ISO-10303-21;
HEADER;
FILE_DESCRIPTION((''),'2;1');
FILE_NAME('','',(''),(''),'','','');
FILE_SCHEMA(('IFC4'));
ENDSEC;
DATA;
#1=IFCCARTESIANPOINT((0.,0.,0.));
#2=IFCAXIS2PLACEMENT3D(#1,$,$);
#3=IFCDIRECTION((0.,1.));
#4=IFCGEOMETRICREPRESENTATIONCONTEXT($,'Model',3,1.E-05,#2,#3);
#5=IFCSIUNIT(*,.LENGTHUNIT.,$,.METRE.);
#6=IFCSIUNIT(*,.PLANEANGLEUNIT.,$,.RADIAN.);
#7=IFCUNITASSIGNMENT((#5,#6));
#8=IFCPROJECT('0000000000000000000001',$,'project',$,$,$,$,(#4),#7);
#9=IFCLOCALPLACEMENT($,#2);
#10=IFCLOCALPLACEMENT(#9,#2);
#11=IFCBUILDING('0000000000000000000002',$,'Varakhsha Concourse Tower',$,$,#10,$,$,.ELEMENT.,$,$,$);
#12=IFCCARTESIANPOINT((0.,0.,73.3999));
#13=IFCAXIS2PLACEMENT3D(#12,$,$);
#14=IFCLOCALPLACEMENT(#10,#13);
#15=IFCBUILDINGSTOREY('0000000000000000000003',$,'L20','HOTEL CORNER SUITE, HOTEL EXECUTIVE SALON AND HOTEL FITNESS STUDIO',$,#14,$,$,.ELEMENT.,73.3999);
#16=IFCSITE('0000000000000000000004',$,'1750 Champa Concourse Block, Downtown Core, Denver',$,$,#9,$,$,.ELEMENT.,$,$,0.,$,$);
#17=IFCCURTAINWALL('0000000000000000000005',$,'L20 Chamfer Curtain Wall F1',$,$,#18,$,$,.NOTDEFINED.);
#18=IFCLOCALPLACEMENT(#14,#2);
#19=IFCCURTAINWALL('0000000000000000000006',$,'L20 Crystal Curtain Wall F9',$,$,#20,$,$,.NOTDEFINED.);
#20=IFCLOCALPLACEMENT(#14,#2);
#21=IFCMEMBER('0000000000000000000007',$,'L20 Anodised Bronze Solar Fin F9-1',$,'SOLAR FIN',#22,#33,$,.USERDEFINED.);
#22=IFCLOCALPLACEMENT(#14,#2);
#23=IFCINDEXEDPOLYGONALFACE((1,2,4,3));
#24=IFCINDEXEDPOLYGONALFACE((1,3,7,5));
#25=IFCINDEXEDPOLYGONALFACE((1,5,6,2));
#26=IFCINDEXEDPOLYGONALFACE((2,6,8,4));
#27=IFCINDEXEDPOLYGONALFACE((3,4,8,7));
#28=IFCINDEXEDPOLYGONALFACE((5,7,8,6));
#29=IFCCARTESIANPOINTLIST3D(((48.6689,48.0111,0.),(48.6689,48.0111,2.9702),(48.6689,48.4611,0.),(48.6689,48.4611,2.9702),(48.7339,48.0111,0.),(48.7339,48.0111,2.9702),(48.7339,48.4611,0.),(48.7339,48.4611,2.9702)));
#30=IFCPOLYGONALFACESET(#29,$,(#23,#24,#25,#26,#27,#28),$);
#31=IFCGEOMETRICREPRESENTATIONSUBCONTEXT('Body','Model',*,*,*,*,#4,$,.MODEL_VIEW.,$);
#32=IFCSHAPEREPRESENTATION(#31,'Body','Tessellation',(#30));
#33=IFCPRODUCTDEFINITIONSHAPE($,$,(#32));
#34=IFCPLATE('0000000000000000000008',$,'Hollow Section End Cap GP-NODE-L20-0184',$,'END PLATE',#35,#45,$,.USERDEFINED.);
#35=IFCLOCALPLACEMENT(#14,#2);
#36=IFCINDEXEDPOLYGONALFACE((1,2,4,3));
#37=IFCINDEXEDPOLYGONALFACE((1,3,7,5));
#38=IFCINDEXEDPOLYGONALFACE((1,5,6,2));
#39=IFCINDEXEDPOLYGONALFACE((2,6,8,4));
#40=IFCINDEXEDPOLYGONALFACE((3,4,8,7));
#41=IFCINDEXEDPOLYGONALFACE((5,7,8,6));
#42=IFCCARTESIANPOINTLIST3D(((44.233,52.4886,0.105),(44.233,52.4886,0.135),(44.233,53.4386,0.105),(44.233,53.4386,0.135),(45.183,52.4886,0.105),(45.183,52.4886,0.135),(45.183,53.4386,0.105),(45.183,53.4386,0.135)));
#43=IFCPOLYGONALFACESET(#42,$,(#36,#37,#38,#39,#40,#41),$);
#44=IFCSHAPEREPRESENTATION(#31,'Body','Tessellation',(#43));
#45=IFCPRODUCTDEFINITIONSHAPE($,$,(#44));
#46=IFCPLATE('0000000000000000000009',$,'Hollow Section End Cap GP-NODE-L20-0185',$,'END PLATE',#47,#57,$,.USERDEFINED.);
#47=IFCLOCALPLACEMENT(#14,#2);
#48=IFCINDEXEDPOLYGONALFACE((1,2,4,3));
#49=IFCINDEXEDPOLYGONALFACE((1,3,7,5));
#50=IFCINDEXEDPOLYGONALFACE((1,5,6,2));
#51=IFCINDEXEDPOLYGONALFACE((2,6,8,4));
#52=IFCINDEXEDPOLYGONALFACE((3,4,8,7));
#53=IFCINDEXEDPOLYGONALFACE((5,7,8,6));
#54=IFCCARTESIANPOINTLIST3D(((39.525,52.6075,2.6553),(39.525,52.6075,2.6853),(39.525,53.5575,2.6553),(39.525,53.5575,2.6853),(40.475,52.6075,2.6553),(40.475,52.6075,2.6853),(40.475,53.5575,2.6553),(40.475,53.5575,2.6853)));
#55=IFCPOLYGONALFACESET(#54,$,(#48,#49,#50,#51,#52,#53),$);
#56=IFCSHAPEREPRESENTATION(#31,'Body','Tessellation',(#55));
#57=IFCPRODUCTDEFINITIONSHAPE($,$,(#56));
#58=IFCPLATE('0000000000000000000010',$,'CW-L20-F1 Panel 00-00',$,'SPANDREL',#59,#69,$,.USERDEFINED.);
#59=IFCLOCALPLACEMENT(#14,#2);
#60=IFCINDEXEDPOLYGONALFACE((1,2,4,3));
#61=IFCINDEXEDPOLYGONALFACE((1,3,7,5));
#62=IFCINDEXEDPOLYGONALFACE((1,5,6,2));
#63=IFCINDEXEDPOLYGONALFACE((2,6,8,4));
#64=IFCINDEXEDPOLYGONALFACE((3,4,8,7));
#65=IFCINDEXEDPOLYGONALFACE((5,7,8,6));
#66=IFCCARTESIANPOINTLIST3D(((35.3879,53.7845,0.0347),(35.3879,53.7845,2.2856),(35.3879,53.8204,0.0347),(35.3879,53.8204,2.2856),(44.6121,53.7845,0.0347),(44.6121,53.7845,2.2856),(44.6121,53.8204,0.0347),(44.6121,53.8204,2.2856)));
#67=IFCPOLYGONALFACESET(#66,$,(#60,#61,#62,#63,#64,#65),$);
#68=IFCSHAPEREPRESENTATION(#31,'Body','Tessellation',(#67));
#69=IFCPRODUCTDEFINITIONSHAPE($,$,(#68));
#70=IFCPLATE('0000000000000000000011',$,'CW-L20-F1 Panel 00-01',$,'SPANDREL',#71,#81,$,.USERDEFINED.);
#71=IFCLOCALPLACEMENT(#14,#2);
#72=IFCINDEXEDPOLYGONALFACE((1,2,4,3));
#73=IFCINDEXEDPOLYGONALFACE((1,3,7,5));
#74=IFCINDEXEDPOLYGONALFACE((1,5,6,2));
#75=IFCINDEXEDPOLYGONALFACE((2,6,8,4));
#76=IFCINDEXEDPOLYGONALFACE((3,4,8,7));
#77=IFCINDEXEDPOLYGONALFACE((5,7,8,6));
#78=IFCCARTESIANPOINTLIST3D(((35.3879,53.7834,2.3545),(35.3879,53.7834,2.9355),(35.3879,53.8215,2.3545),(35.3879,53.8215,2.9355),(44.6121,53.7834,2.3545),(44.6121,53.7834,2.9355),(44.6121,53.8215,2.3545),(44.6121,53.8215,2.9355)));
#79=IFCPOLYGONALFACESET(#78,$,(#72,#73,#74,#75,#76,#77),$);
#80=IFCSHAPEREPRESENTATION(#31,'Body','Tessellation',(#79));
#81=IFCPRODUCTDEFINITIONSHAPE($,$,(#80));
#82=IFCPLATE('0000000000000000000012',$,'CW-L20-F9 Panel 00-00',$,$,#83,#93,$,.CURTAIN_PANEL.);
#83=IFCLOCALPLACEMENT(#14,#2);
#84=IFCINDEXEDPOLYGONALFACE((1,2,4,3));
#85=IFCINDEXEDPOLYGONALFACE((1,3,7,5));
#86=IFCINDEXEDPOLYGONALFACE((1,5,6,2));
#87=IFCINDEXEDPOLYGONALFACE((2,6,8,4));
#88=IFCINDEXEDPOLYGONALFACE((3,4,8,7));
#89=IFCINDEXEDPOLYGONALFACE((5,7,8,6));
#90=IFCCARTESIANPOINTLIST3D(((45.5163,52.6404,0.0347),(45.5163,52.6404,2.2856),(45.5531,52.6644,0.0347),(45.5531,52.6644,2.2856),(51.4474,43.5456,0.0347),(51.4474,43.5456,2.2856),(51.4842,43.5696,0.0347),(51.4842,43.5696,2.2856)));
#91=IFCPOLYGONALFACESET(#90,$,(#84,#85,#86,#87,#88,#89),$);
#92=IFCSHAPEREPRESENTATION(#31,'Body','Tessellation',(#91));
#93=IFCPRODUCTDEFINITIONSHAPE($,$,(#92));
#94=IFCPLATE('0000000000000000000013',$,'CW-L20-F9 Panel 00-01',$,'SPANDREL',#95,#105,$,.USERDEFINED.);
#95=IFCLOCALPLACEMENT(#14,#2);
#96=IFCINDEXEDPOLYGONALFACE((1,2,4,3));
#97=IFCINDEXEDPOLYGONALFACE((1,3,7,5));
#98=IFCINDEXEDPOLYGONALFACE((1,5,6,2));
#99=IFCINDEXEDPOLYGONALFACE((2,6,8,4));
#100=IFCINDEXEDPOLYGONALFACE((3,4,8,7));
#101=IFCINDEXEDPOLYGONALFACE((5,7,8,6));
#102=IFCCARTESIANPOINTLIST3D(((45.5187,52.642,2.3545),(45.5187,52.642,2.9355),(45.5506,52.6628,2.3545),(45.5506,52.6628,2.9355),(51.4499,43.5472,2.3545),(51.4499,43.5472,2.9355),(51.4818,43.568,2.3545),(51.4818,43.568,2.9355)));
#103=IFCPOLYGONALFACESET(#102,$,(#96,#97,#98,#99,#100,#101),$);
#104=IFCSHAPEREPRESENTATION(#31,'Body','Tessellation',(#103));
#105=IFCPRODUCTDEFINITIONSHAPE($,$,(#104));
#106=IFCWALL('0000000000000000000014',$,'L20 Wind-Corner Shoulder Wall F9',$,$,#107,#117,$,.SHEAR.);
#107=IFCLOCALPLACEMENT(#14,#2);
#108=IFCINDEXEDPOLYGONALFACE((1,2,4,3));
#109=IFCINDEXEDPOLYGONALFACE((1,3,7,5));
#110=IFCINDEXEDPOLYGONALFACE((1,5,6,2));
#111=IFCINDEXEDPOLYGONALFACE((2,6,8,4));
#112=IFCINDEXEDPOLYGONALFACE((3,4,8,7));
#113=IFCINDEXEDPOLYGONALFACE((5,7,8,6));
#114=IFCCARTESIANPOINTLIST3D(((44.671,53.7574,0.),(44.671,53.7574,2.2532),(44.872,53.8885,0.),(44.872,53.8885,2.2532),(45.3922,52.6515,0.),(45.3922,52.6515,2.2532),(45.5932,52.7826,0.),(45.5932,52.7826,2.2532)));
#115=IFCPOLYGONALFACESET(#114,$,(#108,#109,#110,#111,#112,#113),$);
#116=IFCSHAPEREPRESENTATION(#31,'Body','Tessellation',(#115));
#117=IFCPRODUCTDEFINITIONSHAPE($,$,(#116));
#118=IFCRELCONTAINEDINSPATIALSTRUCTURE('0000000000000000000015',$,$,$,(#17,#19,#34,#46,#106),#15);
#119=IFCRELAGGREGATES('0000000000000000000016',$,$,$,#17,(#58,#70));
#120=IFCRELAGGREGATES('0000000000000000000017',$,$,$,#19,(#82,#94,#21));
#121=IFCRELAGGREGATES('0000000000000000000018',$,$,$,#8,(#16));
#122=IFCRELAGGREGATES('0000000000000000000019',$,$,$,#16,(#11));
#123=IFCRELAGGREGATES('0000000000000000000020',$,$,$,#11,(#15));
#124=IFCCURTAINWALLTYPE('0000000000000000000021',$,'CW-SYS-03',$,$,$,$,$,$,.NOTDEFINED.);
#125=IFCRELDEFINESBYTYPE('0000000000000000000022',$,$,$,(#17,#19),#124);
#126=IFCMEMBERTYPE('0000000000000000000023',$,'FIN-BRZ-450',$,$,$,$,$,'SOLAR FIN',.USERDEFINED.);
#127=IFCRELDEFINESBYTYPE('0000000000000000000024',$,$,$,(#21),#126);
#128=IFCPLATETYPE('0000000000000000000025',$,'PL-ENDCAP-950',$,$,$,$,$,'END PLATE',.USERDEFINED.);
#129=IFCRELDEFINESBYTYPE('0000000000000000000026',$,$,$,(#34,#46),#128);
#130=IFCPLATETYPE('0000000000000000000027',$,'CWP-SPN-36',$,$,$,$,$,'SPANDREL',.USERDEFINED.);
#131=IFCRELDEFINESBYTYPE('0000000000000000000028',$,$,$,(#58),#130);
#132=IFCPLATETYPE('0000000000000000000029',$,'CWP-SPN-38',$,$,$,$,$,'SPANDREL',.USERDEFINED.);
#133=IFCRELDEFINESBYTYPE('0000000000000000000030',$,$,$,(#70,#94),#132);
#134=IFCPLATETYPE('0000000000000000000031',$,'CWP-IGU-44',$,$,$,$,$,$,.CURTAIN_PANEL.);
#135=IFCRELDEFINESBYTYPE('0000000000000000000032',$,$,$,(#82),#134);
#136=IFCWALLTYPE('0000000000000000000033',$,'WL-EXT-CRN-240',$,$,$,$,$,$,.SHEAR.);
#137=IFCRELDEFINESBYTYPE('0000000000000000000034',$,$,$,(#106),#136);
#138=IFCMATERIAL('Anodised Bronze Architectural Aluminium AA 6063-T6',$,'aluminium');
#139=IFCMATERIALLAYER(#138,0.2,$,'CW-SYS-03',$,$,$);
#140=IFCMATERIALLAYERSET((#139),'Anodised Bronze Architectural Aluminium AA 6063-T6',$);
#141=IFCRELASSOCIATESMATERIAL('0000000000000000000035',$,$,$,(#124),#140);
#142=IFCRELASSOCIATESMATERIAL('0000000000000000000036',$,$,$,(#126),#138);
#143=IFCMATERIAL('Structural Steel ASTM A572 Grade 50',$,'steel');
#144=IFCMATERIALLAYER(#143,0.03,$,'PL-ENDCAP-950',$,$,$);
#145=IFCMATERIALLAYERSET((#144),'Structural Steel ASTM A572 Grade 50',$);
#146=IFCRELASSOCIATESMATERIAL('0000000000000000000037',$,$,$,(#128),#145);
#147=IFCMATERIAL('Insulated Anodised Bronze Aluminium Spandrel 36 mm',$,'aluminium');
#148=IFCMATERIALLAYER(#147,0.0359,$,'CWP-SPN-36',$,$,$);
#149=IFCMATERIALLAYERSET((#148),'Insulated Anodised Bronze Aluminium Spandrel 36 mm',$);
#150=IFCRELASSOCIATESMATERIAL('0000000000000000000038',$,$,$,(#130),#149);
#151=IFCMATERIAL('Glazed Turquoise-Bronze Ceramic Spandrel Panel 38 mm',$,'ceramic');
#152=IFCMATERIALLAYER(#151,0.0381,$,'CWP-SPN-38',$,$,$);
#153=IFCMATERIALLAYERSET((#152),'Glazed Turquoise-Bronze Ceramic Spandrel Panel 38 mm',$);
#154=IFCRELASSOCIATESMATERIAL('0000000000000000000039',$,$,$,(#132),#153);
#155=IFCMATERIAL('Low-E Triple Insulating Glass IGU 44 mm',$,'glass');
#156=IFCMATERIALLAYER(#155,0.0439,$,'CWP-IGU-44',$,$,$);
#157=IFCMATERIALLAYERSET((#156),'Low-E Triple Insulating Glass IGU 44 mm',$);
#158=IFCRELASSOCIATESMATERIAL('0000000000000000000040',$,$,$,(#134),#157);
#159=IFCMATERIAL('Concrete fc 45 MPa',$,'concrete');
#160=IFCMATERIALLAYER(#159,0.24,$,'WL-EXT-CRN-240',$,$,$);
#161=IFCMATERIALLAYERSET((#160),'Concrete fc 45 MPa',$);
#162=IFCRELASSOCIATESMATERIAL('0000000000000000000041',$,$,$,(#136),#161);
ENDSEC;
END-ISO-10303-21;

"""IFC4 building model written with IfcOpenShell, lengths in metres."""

from ifc_helpers import new_model, si_unit, direction, frame, frame_2d, origin, origin_2d, place, context, subcontext, project, spatial, rectangle, extrude, source, transform, mapped, material, layer, layer_set, material_profile, profile_set, type_object, type_shapes, element, aggregate, save


model = new_model("IFC4")

# Units and contexts
model_context = context("Model", 3, precision=1e-05, world=origin(), true_north=direction((0.0, 1.0)))
body_context = subcontext(model_context, "Body", "Model", "MODEL_VIEW")
ifc_project = project(units=[si_unit("LENGTHUNIT", "METRE"), si_unit("PLANEANGLEUNIT", "RADIAN")], contexts=[model_context])

# Site, building, storey
site_placement = place(None, origin())
site = spatial("IfcSite", under=ifc_project, at=site_placement, Name="1750 Champa Concourse Block, Downtown Core, Denver", CompositionType="ELEMENT", RefElevation=0.0)
building_placement = place(site_placement, origin())
building = spatial("IfcBuilding", under=site, at=building_placement, Name="Varakhsha Concourse Tower", CompositionType="ELEMENT")
storey_placement = place(building_placement, frame((0.0, 0.0, 73.3999)))
storey = spatial("IfcBuildingStorey", under=building, at=storey_placement, Name="L20", Description="HOTEL CORNER SUITE, HOTEL EXECUTIVE SALON AND HOTEL FITNESS STUDIO", CompositionType="ELEMENT", Elevation=73.3999)

# Shared definitions
ifc_material_1 = material(Name="Structural Steel ASTM A572 Grade 50", Category="steel")

# Curtain wall
ifc_material_2 = material(Name="Anodised Bronze Architectural Aluminium AA 6063-T6", Category="aluminium")
ifc_layer_1 = layer(ifc_material_2, 0.2, Name="CW-SYS-03")
ifc_layer_set_1 = layer_set([ifc_layer_1], Name="Anodised Bronze Architectural Aluminium AA 6063-T6")
curtain_wall_type = type_object("IfcCurtainWallType", Name="CW-SYS-03", PredefinedType="NOTDEFINED", material=ifc_layer_set_1)
curtain_wall_1_placement = place(storey_placement, origin())
curtain_wall_1 = element("IfcCurtainWall", 1, at=curtain_wall_1_placement, inside=storey, type_object=curtain_wall_type, Name="L20 Chamfer Curtain Wall F1", PredefinedType="NOTDEFINED")

# Curtain wall, member
curtain_wall_2_placement = place(storey_placement, origin())
curtain_wall_2 = element("IfcCurtainWall", 2, at=curtain_wall_2_placement, inside=storey, type_object=curtain_wall_type, Name="L20 Crystal Curtain Wall F9", PredefinedType="NOTDEFINED")
ifc_material_profile_1 = material_profile(ifc_material_2, rectangle(XDim=0.0649, YDim=0.45, at=origin_2d()), Name="FIN-BRZ-450")
ifc_profile_set_1 = profile_set([ifc_material_profile_1], Name="Anodised Bronze Architectural Aluminium AA 6063-T6")
member_type_1 = type_object("IfcMemberType", Name="FIN-BRZ-450", ElementType="SOLAR FIN", PredefinedType="USERDEFINED", material=ifc_profile_set_1)
shared_shape_1 = source(origin(), body_context, "Body", "SweptSolid", [
    extrude(rectangle(XDim=0.0649, YDim=0.45, at=origin_2d()), origin(), (0.0, 0.0, 1.0), 2.9702),
])
type_shapes(member_type_1, [shared_shape_1])
member_1_placement = place(storey_placement, frame((48.7014, 48.2361, 0.0), z_axis=(0.0, 0.0, 1.0), x_axis=(1.0, 0.0, 0.0)))
member_1 = element("IfcMember", 3, at=member_1_placement, type_object=member_type_1, Name="L20 Anodised Bronze Solar Fin F9-1", ObjectType="SOLAR FIN", PredefinedType="USERDEFINED", context=body_context, shape_type="MappedRepresentation", body=[
    mapped(shared_shape_1, transform((0.0, 0.0, 0.0), scale=1.0)),
])

# Plates
ifc_layer_2 = layer(ifc_material_1, 0.03, Name="PL-ENDCAP-950")
ifc_layer_set_2 = layer_set([ifc_layer_2], Name="Structural Steel ASTM A572 Grade 50")
plate_type_1 = type_object("IfcPlateType", Name="PL-ENDCAP-950", ElementType="END PLATE", PredefinedType="USERDEFINED", material=ifc_layer_set_2)
shared_shape_2 = source(origin(), body_context, "Body", "SweptSolid", [
    extrude(rectangle(XDim=0.95, YDim=0.95, at=origin_2d()), origin(), (0.0, 0.0, 1.0), 0.03),
])
type_shapes(plate_type_1, [shared_shape_2])
for number, where, z_axis, x_axis, name in (
    (4, (44.708, 52.9636, 0.105), (0.0, 0.0, 1.0), (1.0, 0.0, 0.0), "Hollow Section End Cap GP-NODE-L20-0184"),
    (5, (40.0, 53.0825, 2.6553), (0.0, 0.0, 1.0), (1.0, 0.0, 0.0), "Hollow Section End Cap GP-NODE-L20-0185"),
):
    element("IfcPlate", number, at=place(storey_placement, frame(where, z_axis=z_axis, x_axis=x_axis)), inside=storey, type_object=plate_type_1, Name=name, ObjectType="END PLATE", PredefinedType="USERDEFINED", context=body_context, shape_type="MappedRepresentation", body=[
        mapped(shared_shape_2, transform((0.0, 0.0, 0.0), scale=1.0)),
    ])

# Plates
ifc_material_3 = material(Name="Insulated Anodised Bronze Aluminium Spandrel 36 mm", Category="aluminium")
ifc_layer_3 = layer(ifc_material_3, 0.0359, Name="CWP-SPN-36")
ifc_layer_set_3 = layer_set([ifc_layer_3], Name="Insulated Anodised Bronze Aluminium Spandrel 36 mm")
plate_type_2 = type_object("IfcPlateType", Name="CWP-SPN-36", ElementType="SPANDREL", PredefinedType="USERDEFINED", material=ifc_layer_set_3)
shared_shape_3 = source(origin(), body_context, "Body", "SweptSolid", [
    extrude(rectangle(XDim=9.2241, YDim=0.0359, at=origin_2d()), origin(), (0.0, 0.0, 1.0), 2.251),
])
type_shapes(plate_type_2, [shared_shape_3])
plate_1_placement = place(storey_placement, frame((40.0, 53.8025, 0.0347), z_axis=(0.0, 0.0, 1.0), x_axis=(1.0, 0.0, 0.0)))
plate_1 = element("IfcPlate", 6, at=plate_1_placement, type_object=plate_type_2, Name="CW-L20-F1 Panel 00-00", ObjectType="SPANDREL", PredefinedType="USERDEFINED", context=body_context, shape_type="MappedRepresentation", body=[
    mapped(shared_shape_3, transform((0.0, 0.0, 0.0), scale=1.0)),
])
ifc_material_4 = material(Name="Glazed Turquoise-Bronze Ceramic Spandrel Panel 38 mm", Category="ceramic")
ifc_layer_4 = layer(ifc_material_4, 0.0381, Name="CWP-SPN-38")
ifc_layer_set_4 = layer_set([ifc_layer_4], Name="Glazed Turquoise-Bronze Ceramic Spandrel Panel 38 mm")
plate_type_3 = type_object("IfcPlateType", Name="CWP-SPN-38", ElementType="SPANDREL", PredefinedType="USERDEFINED", material=ifc_layer_set_4)
shared_shape_4 = source(origin(), body_context, "Body", "SweptSolid", [
    extrude(rectangle(XDim=9.2241, YDim=0.0381, at=origin_2d()), origin(), (0.0, 0.0, 1.0), 0.5811),
])
plate_2_placement = place(storey_placement, frame((40.0, 53.8025, 2.3545), z_axis=(0.0, 0.0, 1.0), x_axis=(1.0, 0.0, 0.0)))
plate_2 = element("IfcPlate", 7, at=plate_2_placement, type_object=plate_type_3, Name="CW-L20-F1 Panel 00-01", ObjectType="SPANDREL", PredefinedType="USERDEFINED", context=body_context, shape_type="MappedRepresentation", body=[
    mapped(shared_shape_4, transform((0.0, 0.0, 0.0), scale=1.0)),
])
aggregate(curtain_wall_1, [plate_1, plate_2])
ifc_material_5 = material(Name="Low-E Triple Insulating Glass IGU 44 mm", Category="glass")
ifc_layer_5 = layer(ifc_material_5, 0.0439, Name="CWP-IGU-44")
ifc_layer_set_5 = layer_set([ifc_layer_5], Name="Low-E Triple Insulating Glass IGU 44 mm")
plate_type_4 = type_object("IfcPlateType", Name="CWP-IGU-44", PredefinedType="CURTAIN_PANEL", material=ifc_layer_set_5)
shared_shape_5 = source(origin(), body_context, "Body", "SweptSolid", [
    extrude(rectangle(XDim=10.8579, YDim=0.0439, at=origin_2d()), origin(), (0.0, 0.0, 1.0), 2.251),
])
type_shapes(plate_type_4, [shared_shape_5])
plate_3_placement = place(storey_placement, frame((48.5002, 48.105, 0.0347), z_axis=(0.0, 0.0, 1.0), x_axis=(0.54625, -0.837622, 0.0)))
plate_3 = element("IfcPlate", 8, at=plate_3_placement, type_object=plate_type_4, Name="CW-L20-F9 Panel 00-00", PredefinedType="CURTAIN_PANEL", context=body_context, shape_type="MappedRepresentation", body=[
    mapped(shared_shape_5, transform((0.0, 0.0, 0.0), scale=1.0)),
])
shared_shape_6 = source(origin(), body_context, "Body", "SweptSolid", [
    extrude(rectangle(XDim=10.8579, YDim=0.0381, at=origin_2d()), origin(), (0.0, 0.0, 1.0), 0.5811),
])
type_shapes(plate_type_3, [shared_shape_4, shared_shape_6])
plate_4_placement = place(storey_placement, frame((48.5002, 48.105, 2.3545), z_axis=(0.0, 0.0, 1.0), x_axis=(0.54625, -0.837622, 0.0)))
plate_4 = element("IfcPlate", 9, at=plate_4_placement, type_object=plate_type_3, Name="CW-L20-F9 Panel 00-01", ObjectType="SPANDREL", PredefinedType="USERDEFINED", context=body_context, shape_type="MappedRepresentation", body=[
    mapped(shared_shape_6, transform((0.0, 0.0, 0.0), scale=1.0)),
])
aggregate(curtain_wall_2, [plate_3, plate_4, member_1])

# Wall
ifc_material_6 = material(Name="Concrete fc 45 MPa", Category="concrete")
ifc_layer_6 = layer(ifc_material_6, 0.24, Name="WL-EXT-CRN-240")
ifc_layer_set_6 = layer_set([ifc_layer_6], Name="Concrete fc 45 MPa")
wall_type = type_object("IfcWallType", Name="WL-EXT-CRN-240", PredefinedType="SHEAR", material=ifc_layer_set_6)
wall_placement = place(storey_placement, frame((45.4927, 52.717, 0.0), z_axis=(0.0, 0.0, 1.0), x_axis=(-0.546223, 0.83764, 0.0)))
element("IfcWall", 10, at=wall_placement, inside=storey, type_object=wall_type, Name="L20 Wind-Corner Shoulder Wall F9", PredefinedType="SHEAR", context=body_context, shape_type="SweptSolid", body=[
    extrude(rectangle(XDim=1.3203, YDim=0.24, at=frame_2d((0.6602, 0.0))), origin(), (0.0, 0.0, 1.0), 2.2532),
])

save(model, "model.ifc")
